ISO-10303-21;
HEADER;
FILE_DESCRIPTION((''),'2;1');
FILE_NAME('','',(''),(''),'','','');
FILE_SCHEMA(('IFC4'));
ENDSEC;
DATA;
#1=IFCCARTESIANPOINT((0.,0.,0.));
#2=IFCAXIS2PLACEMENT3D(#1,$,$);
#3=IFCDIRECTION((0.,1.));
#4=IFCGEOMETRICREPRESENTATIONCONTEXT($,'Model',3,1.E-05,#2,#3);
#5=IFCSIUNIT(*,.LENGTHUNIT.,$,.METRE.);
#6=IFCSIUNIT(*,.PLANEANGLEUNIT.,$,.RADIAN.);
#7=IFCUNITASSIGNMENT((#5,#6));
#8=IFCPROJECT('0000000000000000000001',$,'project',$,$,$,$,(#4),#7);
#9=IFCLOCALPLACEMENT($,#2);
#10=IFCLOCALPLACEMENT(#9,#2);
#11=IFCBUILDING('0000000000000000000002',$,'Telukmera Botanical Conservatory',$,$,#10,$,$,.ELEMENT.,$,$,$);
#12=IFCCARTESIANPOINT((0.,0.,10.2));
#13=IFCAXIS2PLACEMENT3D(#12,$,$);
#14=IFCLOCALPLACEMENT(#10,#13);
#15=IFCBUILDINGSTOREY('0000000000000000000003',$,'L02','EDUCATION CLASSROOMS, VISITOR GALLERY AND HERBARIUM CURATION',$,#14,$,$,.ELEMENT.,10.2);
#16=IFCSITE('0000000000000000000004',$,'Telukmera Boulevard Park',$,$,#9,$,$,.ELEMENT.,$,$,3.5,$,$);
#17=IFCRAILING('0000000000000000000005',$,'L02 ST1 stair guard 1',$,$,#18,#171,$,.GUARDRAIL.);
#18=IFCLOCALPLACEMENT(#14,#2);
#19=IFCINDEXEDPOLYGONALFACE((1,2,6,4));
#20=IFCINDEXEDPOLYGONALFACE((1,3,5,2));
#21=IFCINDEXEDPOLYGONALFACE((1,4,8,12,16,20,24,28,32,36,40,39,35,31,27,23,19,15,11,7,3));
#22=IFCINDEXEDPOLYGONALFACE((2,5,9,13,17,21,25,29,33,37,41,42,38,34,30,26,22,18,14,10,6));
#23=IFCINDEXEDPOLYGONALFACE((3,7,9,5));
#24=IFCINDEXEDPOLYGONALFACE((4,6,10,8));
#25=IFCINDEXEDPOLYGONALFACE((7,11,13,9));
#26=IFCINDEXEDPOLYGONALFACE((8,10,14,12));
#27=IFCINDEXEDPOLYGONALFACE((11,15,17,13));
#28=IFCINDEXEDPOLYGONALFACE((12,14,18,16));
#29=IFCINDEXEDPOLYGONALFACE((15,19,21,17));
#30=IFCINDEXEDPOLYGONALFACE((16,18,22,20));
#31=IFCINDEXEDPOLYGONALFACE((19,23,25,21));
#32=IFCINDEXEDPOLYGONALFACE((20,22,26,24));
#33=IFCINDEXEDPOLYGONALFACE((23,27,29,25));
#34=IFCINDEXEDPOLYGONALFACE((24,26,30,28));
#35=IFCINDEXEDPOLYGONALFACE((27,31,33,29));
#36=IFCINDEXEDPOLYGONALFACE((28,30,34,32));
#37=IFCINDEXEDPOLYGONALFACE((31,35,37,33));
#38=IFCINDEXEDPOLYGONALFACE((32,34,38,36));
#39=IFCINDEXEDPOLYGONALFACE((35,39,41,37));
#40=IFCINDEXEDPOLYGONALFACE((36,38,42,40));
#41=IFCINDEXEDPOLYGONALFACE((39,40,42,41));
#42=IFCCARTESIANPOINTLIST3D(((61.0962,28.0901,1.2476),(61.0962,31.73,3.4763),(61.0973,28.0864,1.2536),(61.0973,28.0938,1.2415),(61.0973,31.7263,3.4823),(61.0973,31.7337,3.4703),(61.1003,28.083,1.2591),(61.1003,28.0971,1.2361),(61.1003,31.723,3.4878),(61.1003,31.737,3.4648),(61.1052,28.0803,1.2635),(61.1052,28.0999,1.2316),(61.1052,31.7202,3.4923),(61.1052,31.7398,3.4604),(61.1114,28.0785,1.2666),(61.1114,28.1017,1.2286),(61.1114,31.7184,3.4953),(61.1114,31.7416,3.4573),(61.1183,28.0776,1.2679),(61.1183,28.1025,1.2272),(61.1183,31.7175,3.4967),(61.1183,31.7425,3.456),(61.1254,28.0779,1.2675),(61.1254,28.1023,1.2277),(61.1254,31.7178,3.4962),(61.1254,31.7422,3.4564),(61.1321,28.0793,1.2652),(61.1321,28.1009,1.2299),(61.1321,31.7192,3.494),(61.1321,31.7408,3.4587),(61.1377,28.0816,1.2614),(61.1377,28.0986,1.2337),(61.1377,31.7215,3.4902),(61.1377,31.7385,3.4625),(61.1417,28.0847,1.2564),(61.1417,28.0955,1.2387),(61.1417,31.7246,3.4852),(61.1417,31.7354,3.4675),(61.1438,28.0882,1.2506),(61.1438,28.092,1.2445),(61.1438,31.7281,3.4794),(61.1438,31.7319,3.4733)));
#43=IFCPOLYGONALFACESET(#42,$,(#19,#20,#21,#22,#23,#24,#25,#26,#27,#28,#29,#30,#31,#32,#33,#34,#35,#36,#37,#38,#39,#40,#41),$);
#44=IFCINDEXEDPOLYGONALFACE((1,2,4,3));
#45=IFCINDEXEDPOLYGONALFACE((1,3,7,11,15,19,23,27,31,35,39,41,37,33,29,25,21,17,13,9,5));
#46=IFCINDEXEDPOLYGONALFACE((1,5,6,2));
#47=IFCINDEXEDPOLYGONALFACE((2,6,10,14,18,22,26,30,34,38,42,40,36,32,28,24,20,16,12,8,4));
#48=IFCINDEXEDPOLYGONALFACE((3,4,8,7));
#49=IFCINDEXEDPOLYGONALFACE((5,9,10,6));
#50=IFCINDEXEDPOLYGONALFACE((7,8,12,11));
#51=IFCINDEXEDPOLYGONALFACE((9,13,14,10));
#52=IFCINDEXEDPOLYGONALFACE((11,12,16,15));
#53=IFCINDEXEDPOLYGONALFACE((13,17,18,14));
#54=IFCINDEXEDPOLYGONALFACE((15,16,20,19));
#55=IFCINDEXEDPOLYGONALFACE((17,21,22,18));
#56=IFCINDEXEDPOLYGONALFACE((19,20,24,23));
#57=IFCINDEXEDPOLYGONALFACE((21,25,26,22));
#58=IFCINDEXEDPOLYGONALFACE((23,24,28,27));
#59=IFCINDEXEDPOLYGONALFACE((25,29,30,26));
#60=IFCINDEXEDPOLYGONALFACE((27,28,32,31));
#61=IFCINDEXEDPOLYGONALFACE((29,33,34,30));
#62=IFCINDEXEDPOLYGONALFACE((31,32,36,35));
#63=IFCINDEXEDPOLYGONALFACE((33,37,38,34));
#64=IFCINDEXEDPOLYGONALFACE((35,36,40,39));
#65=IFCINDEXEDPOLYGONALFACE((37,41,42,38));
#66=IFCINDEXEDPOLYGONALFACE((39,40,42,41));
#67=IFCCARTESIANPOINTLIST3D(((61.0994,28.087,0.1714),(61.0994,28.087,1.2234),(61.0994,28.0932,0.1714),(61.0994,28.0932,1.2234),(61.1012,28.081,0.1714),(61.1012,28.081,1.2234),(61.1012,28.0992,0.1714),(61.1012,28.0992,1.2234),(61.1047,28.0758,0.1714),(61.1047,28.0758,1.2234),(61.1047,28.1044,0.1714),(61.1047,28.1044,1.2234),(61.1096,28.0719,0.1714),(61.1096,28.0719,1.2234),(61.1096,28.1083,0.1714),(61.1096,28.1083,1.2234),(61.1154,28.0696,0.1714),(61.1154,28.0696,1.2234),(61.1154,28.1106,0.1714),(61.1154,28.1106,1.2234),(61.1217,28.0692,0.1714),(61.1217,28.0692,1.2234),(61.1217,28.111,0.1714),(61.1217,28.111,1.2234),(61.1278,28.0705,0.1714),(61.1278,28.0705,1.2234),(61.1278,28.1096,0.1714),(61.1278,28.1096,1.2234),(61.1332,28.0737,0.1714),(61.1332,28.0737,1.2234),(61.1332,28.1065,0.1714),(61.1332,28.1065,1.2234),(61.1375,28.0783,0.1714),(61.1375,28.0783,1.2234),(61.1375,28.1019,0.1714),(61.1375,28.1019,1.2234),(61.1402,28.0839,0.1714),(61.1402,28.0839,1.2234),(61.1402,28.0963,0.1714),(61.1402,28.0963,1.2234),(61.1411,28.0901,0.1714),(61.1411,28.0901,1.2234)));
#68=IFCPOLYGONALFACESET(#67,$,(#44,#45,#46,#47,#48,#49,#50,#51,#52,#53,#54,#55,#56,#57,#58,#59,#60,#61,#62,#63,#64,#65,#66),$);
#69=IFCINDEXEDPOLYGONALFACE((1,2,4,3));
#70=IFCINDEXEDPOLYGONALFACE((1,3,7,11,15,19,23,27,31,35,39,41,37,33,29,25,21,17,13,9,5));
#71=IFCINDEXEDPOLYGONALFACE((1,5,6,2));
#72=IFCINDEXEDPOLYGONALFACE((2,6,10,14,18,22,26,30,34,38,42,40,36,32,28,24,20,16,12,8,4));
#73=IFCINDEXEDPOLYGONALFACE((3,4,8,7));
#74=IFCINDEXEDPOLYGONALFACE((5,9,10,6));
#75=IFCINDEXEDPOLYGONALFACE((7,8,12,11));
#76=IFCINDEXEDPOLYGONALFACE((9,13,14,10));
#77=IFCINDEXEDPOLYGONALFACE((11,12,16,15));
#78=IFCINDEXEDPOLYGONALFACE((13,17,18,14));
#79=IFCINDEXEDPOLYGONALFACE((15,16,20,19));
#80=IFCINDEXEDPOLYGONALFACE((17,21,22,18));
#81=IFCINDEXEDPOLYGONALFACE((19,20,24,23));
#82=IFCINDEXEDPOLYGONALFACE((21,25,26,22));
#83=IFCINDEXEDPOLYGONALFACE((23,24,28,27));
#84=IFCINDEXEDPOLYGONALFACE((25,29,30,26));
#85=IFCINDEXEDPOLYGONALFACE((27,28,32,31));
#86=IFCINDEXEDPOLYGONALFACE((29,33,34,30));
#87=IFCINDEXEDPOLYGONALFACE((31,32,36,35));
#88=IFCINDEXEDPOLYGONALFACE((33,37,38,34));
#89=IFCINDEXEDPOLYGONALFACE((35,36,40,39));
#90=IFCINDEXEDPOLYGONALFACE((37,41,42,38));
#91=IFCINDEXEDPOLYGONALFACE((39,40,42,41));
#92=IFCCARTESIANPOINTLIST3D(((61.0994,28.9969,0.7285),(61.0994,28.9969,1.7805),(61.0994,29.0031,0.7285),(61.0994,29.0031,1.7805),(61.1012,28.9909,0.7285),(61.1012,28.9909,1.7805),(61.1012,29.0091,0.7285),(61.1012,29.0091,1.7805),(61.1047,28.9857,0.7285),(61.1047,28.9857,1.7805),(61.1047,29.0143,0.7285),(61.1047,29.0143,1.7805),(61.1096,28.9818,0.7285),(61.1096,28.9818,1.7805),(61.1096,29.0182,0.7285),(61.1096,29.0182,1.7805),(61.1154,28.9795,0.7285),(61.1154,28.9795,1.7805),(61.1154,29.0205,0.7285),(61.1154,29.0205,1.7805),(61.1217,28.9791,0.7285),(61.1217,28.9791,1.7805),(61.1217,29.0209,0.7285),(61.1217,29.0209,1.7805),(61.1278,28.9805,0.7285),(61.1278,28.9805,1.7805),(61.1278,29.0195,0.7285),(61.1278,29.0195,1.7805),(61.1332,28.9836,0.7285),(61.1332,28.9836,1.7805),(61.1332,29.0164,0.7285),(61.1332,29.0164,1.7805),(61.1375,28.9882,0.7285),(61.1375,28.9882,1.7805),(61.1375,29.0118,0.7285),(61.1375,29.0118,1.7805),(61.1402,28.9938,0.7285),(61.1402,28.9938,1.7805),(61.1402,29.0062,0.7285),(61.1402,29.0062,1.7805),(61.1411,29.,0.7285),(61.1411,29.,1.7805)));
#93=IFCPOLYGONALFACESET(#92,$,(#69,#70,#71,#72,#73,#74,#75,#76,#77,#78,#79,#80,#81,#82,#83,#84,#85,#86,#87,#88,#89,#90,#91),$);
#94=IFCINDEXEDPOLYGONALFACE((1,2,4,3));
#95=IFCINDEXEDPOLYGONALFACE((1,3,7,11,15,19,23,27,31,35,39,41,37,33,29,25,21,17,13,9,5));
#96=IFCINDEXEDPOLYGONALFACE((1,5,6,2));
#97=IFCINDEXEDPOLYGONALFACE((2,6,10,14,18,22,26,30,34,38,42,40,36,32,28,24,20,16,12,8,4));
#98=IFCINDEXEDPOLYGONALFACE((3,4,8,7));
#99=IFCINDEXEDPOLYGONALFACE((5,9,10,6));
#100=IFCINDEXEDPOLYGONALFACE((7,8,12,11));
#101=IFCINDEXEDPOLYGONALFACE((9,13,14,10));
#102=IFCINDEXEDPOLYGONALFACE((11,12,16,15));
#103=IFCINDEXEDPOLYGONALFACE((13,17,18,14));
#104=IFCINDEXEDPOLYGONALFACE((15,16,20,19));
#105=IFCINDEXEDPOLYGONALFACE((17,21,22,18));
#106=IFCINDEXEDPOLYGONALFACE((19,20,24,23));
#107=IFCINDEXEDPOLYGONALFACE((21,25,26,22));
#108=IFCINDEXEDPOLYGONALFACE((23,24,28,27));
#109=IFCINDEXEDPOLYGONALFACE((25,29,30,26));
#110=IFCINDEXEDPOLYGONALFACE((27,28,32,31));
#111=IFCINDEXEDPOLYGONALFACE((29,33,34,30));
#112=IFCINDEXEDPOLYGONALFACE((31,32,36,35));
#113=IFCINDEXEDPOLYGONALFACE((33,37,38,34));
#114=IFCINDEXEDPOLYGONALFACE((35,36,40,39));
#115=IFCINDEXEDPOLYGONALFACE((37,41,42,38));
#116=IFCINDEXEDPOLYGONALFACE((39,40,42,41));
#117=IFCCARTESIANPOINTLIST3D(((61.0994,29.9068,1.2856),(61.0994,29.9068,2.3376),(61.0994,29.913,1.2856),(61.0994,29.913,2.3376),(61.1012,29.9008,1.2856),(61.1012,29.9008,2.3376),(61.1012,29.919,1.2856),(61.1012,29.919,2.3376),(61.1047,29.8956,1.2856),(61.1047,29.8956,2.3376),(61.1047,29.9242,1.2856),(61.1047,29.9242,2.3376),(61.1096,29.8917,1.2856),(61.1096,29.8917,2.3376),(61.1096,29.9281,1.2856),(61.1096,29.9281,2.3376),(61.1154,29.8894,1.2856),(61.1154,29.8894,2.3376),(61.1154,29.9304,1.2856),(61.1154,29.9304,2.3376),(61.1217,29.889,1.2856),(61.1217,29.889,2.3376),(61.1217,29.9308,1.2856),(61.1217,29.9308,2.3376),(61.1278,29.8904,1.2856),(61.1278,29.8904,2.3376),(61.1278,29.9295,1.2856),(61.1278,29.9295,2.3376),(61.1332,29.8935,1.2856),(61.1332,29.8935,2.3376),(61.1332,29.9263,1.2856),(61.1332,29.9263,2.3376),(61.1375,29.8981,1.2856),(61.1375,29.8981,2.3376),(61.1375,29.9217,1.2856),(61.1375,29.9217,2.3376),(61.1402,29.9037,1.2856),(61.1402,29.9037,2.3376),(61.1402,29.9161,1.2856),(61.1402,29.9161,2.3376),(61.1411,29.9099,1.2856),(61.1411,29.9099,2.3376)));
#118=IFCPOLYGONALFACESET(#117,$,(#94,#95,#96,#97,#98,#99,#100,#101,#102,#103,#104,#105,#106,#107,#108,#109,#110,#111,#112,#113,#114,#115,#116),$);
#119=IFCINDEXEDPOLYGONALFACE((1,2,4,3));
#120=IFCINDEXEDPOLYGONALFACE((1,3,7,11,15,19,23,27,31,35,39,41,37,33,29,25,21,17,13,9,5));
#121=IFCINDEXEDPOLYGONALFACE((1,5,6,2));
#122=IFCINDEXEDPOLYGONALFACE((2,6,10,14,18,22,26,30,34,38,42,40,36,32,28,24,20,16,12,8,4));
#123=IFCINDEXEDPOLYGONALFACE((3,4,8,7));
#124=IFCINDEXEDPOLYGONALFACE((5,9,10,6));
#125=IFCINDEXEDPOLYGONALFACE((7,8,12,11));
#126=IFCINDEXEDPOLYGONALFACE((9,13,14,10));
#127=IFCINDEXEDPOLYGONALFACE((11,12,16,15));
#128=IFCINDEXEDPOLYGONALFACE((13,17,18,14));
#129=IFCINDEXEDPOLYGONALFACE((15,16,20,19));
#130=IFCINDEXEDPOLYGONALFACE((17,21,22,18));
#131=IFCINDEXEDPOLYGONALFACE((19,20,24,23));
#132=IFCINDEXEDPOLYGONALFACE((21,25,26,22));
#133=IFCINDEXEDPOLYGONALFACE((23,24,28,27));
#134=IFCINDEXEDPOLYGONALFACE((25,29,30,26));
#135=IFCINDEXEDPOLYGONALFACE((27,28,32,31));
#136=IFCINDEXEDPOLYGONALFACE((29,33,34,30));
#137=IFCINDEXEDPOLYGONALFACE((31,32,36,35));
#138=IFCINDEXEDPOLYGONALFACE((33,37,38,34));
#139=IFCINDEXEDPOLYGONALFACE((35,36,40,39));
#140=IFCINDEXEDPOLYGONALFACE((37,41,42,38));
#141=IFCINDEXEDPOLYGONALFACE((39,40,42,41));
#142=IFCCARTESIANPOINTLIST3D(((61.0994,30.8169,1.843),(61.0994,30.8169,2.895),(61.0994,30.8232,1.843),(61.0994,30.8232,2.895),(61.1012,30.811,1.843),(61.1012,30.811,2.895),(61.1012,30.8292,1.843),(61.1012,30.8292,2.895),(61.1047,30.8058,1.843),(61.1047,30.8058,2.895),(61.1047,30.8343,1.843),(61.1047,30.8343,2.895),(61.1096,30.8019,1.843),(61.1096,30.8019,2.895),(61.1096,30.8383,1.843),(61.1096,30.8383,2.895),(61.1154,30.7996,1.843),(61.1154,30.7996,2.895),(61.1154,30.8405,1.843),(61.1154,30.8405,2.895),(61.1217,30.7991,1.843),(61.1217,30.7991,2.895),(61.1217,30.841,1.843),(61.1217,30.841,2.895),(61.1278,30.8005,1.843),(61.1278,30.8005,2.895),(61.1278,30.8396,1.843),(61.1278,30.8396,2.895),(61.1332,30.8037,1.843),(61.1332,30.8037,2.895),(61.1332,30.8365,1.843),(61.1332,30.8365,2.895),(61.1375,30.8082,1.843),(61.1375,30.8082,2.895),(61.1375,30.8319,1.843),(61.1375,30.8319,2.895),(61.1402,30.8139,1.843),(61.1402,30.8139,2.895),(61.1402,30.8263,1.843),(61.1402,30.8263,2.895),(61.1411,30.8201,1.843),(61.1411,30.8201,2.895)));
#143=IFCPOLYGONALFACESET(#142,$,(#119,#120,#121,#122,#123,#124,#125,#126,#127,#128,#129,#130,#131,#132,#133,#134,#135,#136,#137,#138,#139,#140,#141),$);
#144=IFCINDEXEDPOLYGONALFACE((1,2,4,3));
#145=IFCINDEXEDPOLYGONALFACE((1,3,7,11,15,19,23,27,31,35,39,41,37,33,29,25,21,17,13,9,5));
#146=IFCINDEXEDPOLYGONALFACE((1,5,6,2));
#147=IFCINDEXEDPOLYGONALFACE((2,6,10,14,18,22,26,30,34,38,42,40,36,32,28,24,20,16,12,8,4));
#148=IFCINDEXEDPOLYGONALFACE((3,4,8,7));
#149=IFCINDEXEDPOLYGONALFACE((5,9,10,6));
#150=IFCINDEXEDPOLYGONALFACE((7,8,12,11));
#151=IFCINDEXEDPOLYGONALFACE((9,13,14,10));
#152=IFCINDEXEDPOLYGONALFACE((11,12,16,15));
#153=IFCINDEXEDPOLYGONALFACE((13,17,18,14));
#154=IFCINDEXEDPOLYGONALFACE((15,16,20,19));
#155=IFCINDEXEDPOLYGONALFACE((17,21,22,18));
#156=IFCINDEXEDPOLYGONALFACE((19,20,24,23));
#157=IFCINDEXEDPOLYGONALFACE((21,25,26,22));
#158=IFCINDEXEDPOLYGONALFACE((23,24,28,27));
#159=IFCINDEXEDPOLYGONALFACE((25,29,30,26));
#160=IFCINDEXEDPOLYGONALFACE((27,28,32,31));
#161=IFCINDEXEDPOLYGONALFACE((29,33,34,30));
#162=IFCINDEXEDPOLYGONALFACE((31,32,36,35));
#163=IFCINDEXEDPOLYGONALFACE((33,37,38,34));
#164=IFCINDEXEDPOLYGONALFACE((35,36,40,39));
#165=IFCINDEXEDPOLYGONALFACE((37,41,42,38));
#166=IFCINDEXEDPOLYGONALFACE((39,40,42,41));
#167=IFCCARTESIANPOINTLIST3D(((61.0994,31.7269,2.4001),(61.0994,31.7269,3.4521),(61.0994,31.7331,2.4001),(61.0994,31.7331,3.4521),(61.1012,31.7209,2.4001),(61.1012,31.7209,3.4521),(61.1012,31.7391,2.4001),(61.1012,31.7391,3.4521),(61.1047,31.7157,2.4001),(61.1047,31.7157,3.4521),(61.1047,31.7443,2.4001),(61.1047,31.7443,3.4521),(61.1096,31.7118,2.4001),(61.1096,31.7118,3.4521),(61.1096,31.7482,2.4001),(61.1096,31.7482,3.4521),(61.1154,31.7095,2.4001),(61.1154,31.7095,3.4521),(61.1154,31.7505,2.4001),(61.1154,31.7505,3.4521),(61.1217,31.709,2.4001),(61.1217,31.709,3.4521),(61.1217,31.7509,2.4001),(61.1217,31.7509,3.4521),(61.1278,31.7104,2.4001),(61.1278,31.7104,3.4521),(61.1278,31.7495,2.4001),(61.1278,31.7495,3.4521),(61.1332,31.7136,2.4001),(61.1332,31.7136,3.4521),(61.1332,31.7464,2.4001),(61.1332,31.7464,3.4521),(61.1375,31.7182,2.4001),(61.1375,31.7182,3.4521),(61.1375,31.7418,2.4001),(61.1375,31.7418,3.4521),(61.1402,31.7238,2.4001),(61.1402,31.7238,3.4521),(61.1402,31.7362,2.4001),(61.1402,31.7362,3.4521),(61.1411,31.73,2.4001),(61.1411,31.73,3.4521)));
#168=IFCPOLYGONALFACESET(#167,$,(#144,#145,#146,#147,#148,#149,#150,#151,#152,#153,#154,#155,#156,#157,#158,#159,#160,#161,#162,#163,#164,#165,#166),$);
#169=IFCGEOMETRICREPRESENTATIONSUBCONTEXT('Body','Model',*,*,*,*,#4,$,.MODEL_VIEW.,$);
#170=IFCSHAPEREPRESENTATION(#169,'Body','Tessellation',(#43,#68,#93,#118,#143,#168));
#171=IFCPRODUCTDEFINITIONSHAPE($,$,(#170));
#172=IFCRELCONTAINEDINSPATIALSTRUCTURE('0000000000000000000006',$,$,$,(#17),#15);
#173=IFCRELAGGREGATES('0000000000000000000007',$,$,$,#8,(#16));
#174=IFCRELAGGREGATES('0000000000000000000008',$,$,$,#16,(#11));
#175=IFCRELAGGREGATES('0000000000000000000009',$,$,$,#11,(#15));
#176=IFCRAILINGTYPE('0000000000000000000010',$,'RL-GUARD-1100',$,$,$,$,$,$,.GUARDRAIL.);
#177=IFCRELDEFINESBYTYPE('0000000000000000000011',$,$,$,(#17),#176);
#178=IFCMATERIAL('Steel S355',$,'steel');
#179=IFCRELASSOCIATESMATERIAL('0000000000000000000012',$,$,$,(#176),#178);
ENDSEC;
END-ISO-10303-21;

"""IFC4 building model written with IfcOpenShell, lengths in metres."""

from ifc_helpers import new_model, si_unit, direction, frame, origin, origin_2d, place, context, subcontext, project, spatial, circle, extrude, material, type_object, element, save


model = new_model("IFC4")

# Units and contexts
model_context = context("Model", 3, precision=1e-05, world=origin(), true_north=direction((0.0, 1.0)))
body_context = subcontext(model_context, "Body", "Model", "MODEL_VIEW")
ifc_project = project(units=[si_unit("LENGTHUNIT", "METRE"), si_unit("PLANEANGLEUNIT", "RADIAN")], contexts=[model_context])

# Site, building, storey
site_placement = place(None, origin())
site = spatial("IfcSite", under=ifc_project, at=site_placement, Name="Telukmera Boulevard Park", CompositionType="ELEMENT", RefElevation=3.5)
building_placement = place(site_placement, origin())
building = spatial("IfcBuilding", under=site, at=building_placement, Name="Telukmera Botanical Conservatory", CompositionType="ELEMENT")
storey_placement = place(building_placement, frame((0.0, 0.0, 10.2)))
storey = spatial("IfcBuildingStorey", under=building, at=storey_placement, Name="L02", Description="EDUCATION CLASSROOMS, VISITOR GALLERY AND HERBARIUM CURATION", CompositionType="ELEMENT", Elevation=10.2)

# Railing
ifc_material_1 = material(Name="Steel S355", Category="steel")
railing_type_1 = type_object("IfcRailingType", Name="RL-GUARD-1100", PredefinedType="GUARDRAIL", material=ifc_material_1)
railing_1_placement = place(storey_placement, frame((61.1201, 28.0901, 0.1714)))
element("IfcRailing", 1, at=railing_1_placement, inside=storey, type_object=railing_type_1, Name="L02 ST1 stair guard 1", PredefinedType="GUARDRAIL", context=body_context, shape_type="SweptSolid", body=[
    extrude(circle(Radius=0.0239, at=origin_2d()), frame((0.0, 0.0, 1.0762), z_axis=(0.0, 0.852825, 0.522197), x_axis=(-1.0, 0.0, 0.0)), (0.0, 0.0, 1.0), 4.2681),
    extrude(circle(Radius=0.021, at=origin_2d()), origin(), (0.0, 0.0, 1.0), 1.052),
    extrude(circle(Radius=0.021, at=origin_2d()), frame((0.0, 0.9099, 0.5571)), (0.0, 0.0, 1.0), 1.052),
    extrude(circle(Radius=0.021, at=origin_2d()), frame((0.0, 1.8198, 1.1143)), (0.0, 0.0, 1.0), 1.052),
    extrude(circle(Radius=0.021, at=origin_2d()), frame((0.0, 2.73, 1.6716)), (0.0, 0.0, 1.0), 1.052),
    extrude(circle(Radius=0.021, at=origin_2d()), frame((0.0, 3.6399, 2.2288)), (0.0, 0.0, 1.0), 1.052),
])

save(model, "model.ifc")
